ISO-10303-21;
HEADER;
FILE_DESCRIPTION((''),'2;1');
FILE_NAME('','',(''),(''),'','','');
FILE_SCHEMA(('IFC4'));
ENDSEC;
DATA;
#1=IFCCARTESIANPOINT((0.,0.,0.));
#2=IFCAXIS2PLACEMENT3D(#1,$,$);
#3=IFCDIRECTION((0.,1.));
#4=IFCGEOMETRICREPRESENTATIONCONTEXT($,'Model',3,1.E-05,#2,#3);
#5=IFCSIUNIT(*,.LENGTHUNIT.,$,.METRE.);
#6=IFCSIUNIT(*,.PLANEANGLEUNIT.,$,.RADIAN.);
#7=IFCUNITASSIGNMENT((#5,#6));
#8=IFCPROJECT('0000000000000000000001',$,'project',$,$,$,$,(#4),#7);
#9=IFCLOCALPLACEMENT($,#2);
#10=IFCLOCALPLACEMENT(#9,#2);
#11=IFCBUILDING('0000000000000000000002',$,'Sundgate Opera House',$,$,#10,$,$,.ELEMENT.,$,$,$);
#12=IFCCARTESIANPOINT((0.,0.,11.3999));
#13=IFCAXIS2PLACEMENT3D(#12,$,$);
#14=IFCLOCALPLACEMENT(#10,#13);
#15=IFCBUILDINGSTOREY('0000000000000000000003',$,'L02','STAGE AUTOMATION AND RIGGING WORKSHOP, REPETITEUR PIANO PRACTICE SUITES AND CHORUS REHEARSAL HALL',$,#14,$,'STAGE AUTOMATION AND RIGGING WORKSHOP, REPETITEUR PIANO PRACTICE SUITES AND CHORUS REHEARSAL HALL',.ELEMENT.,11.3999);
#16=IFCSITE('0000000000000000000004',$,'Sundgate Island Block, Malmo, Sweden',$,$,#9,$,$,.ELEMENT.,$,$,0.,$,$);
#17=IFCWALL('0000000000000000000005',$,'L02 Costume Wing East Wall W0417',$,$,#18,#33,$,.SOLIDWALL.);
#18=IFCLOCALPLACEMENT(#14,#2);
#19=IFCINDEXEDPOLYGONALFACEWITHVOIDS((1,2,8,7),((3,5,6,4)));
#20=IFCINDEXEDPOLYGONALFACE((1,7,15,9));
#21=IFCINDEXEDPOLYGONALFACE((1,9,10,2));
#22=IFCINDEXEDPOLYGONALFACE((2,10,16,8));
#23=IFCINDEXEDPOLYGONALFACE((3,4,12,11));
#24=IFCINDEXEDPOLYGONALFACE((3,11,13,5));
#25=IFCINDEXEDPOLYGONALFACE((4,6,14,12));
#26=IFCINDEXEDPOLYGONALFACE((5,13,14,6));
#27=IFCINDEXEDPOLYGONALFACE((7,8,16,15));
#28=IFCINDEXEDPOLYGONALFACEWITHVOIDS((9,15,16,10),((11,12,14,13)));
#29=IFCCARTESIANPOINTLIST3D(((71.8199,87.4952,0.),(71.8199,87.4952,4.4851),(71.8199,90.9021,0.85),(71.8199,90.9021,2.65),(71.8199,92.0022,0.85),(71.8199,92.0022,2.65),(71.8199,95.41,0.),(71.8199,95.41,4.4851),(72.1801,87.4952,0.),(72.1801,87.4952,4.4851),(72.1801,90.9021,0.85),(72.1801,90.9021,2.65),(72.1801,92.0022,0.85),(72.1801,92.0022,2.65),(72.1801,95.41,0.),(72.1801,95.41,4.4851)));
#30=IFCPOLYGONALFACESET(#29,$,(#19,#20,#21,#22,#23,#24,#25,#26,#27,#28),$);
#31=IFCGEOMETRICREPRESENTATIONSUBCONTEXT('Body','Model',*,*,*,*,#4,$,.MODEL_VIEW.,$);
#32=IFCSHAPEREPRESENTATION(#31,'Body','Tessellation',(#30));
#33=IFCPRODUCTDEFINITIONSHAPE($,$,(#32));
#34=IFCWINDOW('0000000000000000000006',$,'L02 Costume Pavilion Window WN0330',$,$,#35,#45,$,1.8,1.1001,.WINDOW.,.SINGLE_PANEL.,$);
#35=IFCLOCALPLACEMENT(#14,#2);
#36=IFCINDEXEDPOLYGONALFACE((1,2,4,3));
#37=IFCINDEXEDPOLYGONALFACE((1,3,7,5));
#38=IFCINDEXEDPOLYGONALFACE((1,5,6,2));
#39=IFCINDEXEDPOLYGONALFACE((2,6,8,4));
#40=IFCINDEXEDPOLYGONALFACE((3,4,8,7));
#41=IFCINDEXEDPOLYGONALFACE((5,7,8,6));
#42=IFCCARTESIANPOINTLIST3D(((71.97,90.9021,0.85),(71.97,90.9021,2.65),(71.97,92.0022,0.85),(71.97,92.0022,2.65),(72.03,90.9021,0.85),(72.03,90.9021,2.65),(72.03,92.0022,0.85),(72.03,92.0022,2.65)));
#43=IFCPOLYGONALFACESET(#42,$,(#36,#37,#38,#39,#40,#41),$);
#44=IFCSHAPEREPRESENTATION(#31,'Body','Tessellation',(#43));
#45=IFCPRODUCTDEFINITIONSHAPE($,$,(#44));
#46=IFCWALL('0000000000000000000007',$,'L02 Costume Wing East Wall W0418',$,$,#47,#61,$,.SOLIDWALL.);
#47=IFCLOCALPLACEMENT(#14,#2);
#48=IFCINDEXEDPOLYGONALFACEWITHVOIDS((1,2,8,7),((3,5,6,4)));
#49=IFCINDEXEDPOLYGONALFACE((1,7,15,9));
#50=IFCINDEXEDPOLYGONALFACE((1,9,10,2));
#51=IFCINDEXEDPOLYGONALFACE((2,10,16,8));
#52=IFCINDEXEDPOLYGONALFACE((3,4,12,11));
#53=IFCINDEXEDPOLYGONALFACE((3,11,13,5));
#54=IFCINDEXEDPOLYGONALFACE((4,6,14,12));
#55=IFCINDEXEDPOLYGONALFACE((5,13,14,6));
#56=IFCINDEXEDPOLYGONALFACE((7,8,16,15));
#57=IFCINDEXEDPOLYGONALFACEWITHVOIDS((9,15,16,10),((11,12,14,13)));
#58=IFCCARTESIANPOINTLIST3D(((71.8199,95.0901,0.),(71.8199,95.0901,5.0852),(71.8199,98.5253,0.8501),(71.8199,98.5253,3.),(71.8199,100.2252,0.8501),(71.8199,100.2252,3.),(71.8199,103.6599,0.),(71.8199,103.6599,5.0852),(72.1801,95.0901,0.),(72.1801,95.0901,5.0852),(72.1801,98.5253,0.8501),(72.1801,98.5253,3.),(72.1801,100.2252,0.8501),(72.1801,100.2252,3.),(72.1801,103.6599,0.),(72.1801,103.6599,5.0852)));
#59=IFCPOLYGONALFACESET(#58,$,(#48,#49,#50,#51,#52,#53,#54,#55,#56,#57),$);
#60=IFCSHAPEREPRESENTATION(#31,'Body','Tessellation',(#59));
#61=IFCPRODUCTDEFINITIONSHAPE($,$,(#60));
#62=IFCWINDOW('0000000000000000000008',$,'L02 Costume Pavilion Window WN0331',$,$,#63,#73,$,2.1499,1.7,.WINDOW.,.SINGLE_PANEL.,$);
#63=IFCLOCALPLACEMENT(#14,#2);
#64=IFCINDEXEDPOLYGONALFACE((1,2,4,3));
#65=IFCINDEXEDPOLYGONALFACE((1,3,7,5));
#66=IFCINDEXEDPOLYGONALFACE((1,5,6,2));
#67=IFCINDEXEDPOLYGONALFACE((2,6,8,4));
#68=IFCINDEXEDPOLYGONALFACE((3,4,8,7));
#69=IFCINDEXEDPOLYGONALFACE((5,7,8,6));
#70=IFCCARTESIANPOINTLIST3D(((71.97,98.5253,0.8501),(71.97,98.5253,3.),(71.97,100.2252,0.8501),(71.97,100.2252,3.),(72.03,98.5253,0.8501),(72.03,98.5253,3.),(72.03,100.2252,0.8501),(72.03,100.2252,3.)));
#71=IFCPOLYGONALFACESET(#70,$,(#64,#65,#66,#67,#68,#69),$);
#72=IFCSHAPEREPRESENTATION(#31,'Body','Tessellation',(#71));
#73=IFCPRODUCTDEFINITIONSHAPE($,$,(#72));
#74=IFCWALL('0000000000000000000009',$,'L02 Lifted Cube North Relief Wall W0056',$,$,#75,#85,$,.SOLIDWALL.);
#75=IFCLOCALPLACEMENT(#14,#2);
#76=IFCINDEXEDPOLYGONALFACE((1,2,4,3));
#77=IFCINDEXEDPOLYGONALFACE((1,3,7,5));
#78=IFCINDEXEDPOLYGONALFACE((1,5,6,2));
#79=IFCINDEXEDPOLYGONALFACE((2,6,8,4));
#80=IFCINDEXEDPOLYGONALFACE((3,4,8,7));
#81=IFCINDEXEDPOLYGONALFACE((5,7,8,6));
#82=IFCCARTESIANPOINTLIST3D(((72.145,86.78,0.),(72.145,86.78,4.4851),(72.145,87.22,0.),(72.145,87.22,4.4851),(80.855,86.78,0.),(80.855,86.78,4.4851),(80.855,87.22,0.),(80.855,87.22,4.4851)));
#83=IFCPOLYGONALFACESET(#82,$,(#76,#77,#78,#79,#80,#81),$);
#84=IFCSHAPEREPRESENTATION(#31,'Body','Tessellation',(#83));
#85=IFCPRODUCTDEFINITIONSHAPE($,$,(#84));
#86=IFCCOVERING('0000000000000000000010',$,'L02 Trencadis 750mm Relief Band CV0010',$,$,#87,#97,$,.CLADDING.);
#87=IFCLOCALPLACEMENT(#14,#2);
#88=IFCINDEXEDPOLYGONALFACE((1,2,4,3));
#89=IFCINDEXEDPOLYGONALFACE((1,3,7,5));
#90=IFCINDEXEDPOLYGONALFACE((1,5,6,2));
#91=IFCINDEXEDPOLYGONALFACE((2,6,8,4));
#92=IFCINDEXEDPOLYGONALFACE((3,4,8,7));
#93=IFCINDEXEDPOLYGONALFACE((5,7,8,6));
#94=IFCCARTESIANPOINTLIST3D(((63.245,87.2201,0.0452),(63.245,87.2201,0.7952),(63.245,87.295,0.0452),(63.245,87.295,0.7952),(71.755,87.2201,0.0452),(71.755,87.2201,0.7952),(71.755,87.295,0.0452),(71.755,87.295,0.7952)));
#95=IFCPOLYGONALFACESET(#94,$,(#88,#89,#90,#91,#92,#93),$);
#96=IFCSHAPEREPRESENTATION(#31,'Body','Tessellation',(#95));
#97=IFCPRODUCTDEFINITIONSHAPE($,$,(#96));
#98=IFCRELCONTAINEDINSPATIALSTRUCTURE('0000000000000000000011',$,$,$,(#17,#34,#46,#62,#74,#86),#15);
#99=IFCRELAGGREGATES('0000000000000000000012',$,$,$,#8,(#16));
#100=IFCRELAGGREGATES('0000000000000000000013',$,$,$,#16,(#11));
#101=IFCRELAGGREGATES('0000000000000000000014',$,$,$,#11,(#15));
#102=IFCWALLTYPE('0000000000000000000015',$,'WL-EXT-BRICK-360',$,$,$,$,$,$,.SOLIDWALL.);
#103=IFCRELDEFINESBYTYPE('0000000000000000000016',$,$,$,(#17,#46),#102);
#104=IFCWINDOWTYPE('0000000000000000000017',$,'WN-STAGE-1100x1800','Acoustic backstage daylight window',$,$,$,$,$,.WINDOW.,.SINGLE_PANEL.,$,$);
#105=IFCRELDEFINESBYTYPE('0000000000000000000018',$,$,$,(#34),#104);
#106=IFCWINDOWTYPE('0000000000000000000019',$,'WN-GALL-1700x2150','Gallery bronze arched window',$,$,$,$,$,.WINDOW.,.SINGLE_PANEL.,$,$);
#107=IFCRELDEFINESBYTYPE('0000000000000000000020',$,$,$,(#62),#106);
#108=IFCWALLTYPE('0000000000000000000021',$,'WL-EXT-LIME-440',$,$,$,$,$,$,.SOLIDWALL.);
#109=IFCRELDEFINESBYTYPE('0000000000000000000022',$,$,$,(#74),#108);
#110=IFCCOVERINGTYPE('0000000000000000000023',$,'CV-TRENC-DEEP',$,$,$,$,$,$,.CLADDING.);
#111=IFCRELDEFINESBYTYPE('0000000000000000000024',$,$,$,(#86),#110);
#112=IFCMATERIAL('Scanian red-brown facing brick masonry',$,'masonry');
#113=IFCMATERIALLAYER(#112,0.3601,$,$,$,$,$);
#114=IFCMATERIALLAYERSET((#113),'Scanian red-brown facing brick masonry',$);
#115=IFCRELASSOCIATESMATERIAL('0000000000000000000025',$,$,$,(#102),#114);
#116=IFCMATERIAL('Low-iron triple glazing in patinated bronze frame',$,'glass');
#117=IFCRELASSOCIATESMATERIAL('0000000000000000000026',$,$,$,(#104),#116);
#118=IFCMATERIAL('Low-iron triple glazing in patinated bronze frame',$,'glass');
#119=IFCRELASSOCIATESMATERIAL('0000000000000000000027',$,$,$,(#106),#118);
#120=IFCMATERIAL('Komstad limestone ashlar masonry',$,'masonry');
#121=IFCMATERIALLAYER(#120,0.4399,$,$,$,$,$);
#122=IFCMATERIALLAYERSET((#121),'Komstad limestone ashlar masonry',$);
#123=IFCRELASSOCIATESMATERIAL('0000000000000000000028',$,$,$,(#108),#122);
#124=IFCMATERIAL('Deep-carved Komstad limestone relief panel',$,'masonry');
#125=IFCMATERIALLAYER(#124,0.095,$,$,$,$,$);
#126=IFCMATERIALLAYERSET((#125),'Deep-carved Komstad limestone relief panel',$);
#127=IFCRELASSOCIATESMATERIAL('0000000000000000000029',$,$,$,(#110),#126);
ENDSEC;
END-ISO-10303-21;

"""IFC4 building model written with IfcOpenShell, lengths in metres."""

from ifc_helpers import new_model, si_unit, direction, frame, frame_2d, origin, origin_2d, place, context, subcontext, project, spatial, rectangle, extrude, material, layer, layer_set, type_object, element, fill, save


model = new_model("IFC4")

# Units and contexts
model_context = context("Model", 3, precision=1e-05, world=origin(), true_north=direction((0.0, 1.0)))
body_context = subcontext(model_context, "Body", "Model", "MODEL_VIEW")
ifc_project = project(units=[si_unit("LENGTHUNIT", "METRE"), si_unit("PLANEANGLEUNIT", "RADIAN")], contexts=[model_context])

# Site, building, storey
site_placement = place(None, origin())
site = spatial("IfcSite", under=ifc_project, at=site_placement, Name="Sundgate Island Block, Malmo, Sweden", CompositionType="ELEMENT", RefElevation=0.0)
building_placement = place(site_placement, origin())
building = spatial("IfcBuilding", under=site, at=building_placement, Name="Sundgate Opera House", CompositionType="ELEMENT")
storey_placement = place(building_placement, frame((0.0, 0.0, 11.3999)))
storey = spatial("IfcBuildingStorey", under=building, at=storey_placement, Name="L02", Description="STAGE AUTOMATION AND RIGGING WORKSHOP, REPETITEUR PIANO PRACTICE SUITES AND CHORUS REHEARSAL HALL", LongName="STAGE AUTOMATION AND RIGGING WORKSHOP, REPETITEUR PIANO PRACTICE SUITES AND CHORUS REHEARSAL HALL", CompositionType="ELEMENT", Elevation=11.3999)

# Walls, openings, windows
ifc_material_1 = material(Name="Scanian red-brown facing brick masonry", Category="masonry")
ifc_layer_1 = layer(ifc_material_1, 0.3601)
ifc_layer_set_1 = layer_set([ifc_layer_1], Name="Scanian red-brown facing brick masonry")
wall_type_1 = type_object("IfcWallType", Name="WL-EXT-BRICK-360", PredefinedType="SOLIDWALL", material=ifc_layer_set_1)
wall_1_placement = place(storey_placement, frame((72.0, 87.4951, 0.0), z_axis=(0.0, 0.0, 1.0), x_axis=(0.0, 1.0, 0.0)))
wall_1 = element("IfcWall", 1, at=wall_1_placement, inside=storey, type_object=wall_type_1, Name="L02 Costume Wing East Wall W0417", PredefinedType="SOLIDWALL", context=body_context, shape_type="SweptSolid", body=[
    extrude(rectangle(XDim=7.9148, YDim=0.3601, at=frame_2d((3.9575, 0.0))), origin(), (0.0, 0.0, 1.0), 4.4851),
])
opening_1_placement = place(wall_1_placement, frame((3.407, 0.0, 0.8501)))
opening_1 = element("IfcOpeningElement", 2, at=opening_1_placement, cuts=wall_1, PredefinedType="OPENING", context=body_context, shape_type="SweptSolid", body=[
    extrude(rectangle(XDim=1.1001, YDim=1.8, at=frame_2d((0.55, 0.8999))), frame((0.0, 0.1899, 0.0), z_axis=(0.0, -1.0, 0.0), x_axis=(1.0, 0.0, 0.0)), (0.0, 0.0, 1.0), 0.3801),
])
ifc_material_2 = material(Name="Low-iron triple glazing in patinated bronze frame", Category="glass")
window_type_1 = type_object("IfcWindowType", Name="WN-STAGE-1100x1800", Description="Acoustic backstage daylight window", PartitioningType="SINGLE_PANEL", PredefinedType="WINDOW", material=ifc_material_2)
window_1_placement = place(opening_1_placement, origin())
window_1 = element("IfcWindow", 3, at=window_1_placement, inside=storey, type_object=window_type_1, Name="L02 Costume Pavilion Window WN0330", OverallHeight=1.8, OverallWidth=1.1001, PartitioningType="SINGLE_PANEL", PredefinedType="WINDOW", context=body_context, shape_type="SweptSolid", body=[
    extrude(rectangle(XDim=1.1001, YDim=1.8, at=frame_2d((0.55, 0.8999))), frame((0.0, 0.03, 0.0), z_axis=(0.0, -1.0, 0.0), x_axis=(1.0, 0.0, 0.0)), (0.0, 0.0, 1.0), 0.0601),
])
fill(opening_1, window_1)
wall_2_placement = place(storey_placement, frame((72.0, 95.0901, 0.0), z_axis=(0.0, 0.0, 1.0), x_axis=(0.0, 1.0, 0.0)))
wall_2 = element("IfcWall", 4, at=wall_2_placement, inside=storey, type_object=wall_type_1, Name="L02 Costume Wing East Wall W0418", PredefinedType="SOLIDWALL", context=body_context, shape_type="SweptSolid", body=[
    extrude(rectangle(XDim=8.5698, YDim=0.3601, at=frame_2d((4.2849, 0.0))), origin(), (0.0, 0.0, 1.0), 5.0852),
])
opening_2_placement = place(wall_2_placement, frame((3.4351, 0.0, 0.8501)))
opening_2 = element("IfcOpeningElement", 5, at=opening_2_placement, cuts=wall_2, PredefinedType="OPENING", context=body_context, shape_type="SweptSolid", body=[
    extrude(rectangle(XDim=1.7, YDim=2.1499, at=frame_2d((0.8501, 1.075))), frame((0.0, 0.1899, 0.0), z_axis=(0.0, -1.0, 0.0), x_axis=(1.0, 0.0, 0.0)), (0.0, 0.0, 1.0), 0.3801),
])
ifc_material_3 = material(Name="Low-iron triple glazing in patinated bronze frame", Category="glass")
window_type_2 = type_object("IfcWindowType", Name="WN-GALL-1700x2150", Description="Gallery bronze arched window", PartitioningType="SINGLE_PANEL", PredefinedType="WINDOW", material=ifc_material_3)
window_2_placement = place(opening_2_placement, origin())
window_2 = element("IfcWindow", 6, at=window_2_placement, inside=storey, type_object=window_type_2, Name="L02 Costume Pavilion Window WN0331", OverallHeight=2.1499, OverallWidth=1.7, PartitioningType="SINGLE_PANEL", PredefinedType="WINDOW", context=body_context, shape_type="SweptSolid", body=[
    extrude(rectangle(XDim=1.7, YDim=2.1499, at=frame_2d((0.8501, 1.075))), frame((0.0, 0.03, 0.0), z_axis=(0.0, -1.0, 0.0), x_axis=(1.0, 0.0, 0.0)), (0.0, 0.0, 1.0), 0.0601),
])
fill(opening_2, window_2)

# Wall
ifc_material_4 = material(Name="Komstad limestone ashlar masonry", Category="masonry")
ifc_layer_2 = layer(ifc_material_4, 0.4399)
ifc_layer_set_2 = layer_set([ifc_layer_2], Name="Komstad limestone ashlar masonry")
wall_type_2 = type_object("IfcWallType", Name="WL-EXT-LIME-440", PredefinedType="SOLIDWALL", material=ifc_layer_set_2)
wall_3_placement = place(storey_placement, frame((72.145, 87.0, 0.0), z_axis=(0.0, 0.0, 1.0), x_axis=(1.0, 0.0, 0.0)))
element("IfcWall", 7, at=wall_3_placement, inside=storey, type_object=wall_type_2, Name="L02 Lifted Cube North Relief Wall W0056", PredefinedType="SOLIDWALL", context=body_context, shape_type="SweptSolid", body=[
    extrude(rectangle(XDim=8.71, YDim=0.4399, at=frame_2d((4.355, 0.0))), origin(), (0.0, 0.0, 1.0), 4.4851),
])

# Covering
ifc_material_5 = material(Name="Deep-carved Komstad limestone relief panel", Category="masonry")
ifc_layer_3 = layer(ifc_material_5, 0.095)
ifc_layer_set_3 = layer_set([ifc_layer_3], Name="Deep-carved Komstad limestone relief panel")
covering_type = type_object("IfcCoveringType", Name="CV-TRENC-DEEP", PredefinedType="CLADDING", material=ifc_layer_set_3)
covering_placement = place(storey_placement, frame((67.5, 87.2576, 0.0452), z_axis=(0.0, 0.0, 1.0), x_axis=(1.0, 0.0, 0.0)))
element("IfcCovering", 8, at=covering_placement, inside=storey, type_object=covering_type, Name="L02 Trencadis 750mm Relief Band CV0010", PredefinedType="CLADDING", context=body_context, shape_type="SweptSolid", body=[
    extrude(rectangle(XDim=8.51, YDim=0.075, at=origin_2d()), origin(), (0.0, 0.0, 1.0), 0.75),
])

save(model, "model.ifc")
